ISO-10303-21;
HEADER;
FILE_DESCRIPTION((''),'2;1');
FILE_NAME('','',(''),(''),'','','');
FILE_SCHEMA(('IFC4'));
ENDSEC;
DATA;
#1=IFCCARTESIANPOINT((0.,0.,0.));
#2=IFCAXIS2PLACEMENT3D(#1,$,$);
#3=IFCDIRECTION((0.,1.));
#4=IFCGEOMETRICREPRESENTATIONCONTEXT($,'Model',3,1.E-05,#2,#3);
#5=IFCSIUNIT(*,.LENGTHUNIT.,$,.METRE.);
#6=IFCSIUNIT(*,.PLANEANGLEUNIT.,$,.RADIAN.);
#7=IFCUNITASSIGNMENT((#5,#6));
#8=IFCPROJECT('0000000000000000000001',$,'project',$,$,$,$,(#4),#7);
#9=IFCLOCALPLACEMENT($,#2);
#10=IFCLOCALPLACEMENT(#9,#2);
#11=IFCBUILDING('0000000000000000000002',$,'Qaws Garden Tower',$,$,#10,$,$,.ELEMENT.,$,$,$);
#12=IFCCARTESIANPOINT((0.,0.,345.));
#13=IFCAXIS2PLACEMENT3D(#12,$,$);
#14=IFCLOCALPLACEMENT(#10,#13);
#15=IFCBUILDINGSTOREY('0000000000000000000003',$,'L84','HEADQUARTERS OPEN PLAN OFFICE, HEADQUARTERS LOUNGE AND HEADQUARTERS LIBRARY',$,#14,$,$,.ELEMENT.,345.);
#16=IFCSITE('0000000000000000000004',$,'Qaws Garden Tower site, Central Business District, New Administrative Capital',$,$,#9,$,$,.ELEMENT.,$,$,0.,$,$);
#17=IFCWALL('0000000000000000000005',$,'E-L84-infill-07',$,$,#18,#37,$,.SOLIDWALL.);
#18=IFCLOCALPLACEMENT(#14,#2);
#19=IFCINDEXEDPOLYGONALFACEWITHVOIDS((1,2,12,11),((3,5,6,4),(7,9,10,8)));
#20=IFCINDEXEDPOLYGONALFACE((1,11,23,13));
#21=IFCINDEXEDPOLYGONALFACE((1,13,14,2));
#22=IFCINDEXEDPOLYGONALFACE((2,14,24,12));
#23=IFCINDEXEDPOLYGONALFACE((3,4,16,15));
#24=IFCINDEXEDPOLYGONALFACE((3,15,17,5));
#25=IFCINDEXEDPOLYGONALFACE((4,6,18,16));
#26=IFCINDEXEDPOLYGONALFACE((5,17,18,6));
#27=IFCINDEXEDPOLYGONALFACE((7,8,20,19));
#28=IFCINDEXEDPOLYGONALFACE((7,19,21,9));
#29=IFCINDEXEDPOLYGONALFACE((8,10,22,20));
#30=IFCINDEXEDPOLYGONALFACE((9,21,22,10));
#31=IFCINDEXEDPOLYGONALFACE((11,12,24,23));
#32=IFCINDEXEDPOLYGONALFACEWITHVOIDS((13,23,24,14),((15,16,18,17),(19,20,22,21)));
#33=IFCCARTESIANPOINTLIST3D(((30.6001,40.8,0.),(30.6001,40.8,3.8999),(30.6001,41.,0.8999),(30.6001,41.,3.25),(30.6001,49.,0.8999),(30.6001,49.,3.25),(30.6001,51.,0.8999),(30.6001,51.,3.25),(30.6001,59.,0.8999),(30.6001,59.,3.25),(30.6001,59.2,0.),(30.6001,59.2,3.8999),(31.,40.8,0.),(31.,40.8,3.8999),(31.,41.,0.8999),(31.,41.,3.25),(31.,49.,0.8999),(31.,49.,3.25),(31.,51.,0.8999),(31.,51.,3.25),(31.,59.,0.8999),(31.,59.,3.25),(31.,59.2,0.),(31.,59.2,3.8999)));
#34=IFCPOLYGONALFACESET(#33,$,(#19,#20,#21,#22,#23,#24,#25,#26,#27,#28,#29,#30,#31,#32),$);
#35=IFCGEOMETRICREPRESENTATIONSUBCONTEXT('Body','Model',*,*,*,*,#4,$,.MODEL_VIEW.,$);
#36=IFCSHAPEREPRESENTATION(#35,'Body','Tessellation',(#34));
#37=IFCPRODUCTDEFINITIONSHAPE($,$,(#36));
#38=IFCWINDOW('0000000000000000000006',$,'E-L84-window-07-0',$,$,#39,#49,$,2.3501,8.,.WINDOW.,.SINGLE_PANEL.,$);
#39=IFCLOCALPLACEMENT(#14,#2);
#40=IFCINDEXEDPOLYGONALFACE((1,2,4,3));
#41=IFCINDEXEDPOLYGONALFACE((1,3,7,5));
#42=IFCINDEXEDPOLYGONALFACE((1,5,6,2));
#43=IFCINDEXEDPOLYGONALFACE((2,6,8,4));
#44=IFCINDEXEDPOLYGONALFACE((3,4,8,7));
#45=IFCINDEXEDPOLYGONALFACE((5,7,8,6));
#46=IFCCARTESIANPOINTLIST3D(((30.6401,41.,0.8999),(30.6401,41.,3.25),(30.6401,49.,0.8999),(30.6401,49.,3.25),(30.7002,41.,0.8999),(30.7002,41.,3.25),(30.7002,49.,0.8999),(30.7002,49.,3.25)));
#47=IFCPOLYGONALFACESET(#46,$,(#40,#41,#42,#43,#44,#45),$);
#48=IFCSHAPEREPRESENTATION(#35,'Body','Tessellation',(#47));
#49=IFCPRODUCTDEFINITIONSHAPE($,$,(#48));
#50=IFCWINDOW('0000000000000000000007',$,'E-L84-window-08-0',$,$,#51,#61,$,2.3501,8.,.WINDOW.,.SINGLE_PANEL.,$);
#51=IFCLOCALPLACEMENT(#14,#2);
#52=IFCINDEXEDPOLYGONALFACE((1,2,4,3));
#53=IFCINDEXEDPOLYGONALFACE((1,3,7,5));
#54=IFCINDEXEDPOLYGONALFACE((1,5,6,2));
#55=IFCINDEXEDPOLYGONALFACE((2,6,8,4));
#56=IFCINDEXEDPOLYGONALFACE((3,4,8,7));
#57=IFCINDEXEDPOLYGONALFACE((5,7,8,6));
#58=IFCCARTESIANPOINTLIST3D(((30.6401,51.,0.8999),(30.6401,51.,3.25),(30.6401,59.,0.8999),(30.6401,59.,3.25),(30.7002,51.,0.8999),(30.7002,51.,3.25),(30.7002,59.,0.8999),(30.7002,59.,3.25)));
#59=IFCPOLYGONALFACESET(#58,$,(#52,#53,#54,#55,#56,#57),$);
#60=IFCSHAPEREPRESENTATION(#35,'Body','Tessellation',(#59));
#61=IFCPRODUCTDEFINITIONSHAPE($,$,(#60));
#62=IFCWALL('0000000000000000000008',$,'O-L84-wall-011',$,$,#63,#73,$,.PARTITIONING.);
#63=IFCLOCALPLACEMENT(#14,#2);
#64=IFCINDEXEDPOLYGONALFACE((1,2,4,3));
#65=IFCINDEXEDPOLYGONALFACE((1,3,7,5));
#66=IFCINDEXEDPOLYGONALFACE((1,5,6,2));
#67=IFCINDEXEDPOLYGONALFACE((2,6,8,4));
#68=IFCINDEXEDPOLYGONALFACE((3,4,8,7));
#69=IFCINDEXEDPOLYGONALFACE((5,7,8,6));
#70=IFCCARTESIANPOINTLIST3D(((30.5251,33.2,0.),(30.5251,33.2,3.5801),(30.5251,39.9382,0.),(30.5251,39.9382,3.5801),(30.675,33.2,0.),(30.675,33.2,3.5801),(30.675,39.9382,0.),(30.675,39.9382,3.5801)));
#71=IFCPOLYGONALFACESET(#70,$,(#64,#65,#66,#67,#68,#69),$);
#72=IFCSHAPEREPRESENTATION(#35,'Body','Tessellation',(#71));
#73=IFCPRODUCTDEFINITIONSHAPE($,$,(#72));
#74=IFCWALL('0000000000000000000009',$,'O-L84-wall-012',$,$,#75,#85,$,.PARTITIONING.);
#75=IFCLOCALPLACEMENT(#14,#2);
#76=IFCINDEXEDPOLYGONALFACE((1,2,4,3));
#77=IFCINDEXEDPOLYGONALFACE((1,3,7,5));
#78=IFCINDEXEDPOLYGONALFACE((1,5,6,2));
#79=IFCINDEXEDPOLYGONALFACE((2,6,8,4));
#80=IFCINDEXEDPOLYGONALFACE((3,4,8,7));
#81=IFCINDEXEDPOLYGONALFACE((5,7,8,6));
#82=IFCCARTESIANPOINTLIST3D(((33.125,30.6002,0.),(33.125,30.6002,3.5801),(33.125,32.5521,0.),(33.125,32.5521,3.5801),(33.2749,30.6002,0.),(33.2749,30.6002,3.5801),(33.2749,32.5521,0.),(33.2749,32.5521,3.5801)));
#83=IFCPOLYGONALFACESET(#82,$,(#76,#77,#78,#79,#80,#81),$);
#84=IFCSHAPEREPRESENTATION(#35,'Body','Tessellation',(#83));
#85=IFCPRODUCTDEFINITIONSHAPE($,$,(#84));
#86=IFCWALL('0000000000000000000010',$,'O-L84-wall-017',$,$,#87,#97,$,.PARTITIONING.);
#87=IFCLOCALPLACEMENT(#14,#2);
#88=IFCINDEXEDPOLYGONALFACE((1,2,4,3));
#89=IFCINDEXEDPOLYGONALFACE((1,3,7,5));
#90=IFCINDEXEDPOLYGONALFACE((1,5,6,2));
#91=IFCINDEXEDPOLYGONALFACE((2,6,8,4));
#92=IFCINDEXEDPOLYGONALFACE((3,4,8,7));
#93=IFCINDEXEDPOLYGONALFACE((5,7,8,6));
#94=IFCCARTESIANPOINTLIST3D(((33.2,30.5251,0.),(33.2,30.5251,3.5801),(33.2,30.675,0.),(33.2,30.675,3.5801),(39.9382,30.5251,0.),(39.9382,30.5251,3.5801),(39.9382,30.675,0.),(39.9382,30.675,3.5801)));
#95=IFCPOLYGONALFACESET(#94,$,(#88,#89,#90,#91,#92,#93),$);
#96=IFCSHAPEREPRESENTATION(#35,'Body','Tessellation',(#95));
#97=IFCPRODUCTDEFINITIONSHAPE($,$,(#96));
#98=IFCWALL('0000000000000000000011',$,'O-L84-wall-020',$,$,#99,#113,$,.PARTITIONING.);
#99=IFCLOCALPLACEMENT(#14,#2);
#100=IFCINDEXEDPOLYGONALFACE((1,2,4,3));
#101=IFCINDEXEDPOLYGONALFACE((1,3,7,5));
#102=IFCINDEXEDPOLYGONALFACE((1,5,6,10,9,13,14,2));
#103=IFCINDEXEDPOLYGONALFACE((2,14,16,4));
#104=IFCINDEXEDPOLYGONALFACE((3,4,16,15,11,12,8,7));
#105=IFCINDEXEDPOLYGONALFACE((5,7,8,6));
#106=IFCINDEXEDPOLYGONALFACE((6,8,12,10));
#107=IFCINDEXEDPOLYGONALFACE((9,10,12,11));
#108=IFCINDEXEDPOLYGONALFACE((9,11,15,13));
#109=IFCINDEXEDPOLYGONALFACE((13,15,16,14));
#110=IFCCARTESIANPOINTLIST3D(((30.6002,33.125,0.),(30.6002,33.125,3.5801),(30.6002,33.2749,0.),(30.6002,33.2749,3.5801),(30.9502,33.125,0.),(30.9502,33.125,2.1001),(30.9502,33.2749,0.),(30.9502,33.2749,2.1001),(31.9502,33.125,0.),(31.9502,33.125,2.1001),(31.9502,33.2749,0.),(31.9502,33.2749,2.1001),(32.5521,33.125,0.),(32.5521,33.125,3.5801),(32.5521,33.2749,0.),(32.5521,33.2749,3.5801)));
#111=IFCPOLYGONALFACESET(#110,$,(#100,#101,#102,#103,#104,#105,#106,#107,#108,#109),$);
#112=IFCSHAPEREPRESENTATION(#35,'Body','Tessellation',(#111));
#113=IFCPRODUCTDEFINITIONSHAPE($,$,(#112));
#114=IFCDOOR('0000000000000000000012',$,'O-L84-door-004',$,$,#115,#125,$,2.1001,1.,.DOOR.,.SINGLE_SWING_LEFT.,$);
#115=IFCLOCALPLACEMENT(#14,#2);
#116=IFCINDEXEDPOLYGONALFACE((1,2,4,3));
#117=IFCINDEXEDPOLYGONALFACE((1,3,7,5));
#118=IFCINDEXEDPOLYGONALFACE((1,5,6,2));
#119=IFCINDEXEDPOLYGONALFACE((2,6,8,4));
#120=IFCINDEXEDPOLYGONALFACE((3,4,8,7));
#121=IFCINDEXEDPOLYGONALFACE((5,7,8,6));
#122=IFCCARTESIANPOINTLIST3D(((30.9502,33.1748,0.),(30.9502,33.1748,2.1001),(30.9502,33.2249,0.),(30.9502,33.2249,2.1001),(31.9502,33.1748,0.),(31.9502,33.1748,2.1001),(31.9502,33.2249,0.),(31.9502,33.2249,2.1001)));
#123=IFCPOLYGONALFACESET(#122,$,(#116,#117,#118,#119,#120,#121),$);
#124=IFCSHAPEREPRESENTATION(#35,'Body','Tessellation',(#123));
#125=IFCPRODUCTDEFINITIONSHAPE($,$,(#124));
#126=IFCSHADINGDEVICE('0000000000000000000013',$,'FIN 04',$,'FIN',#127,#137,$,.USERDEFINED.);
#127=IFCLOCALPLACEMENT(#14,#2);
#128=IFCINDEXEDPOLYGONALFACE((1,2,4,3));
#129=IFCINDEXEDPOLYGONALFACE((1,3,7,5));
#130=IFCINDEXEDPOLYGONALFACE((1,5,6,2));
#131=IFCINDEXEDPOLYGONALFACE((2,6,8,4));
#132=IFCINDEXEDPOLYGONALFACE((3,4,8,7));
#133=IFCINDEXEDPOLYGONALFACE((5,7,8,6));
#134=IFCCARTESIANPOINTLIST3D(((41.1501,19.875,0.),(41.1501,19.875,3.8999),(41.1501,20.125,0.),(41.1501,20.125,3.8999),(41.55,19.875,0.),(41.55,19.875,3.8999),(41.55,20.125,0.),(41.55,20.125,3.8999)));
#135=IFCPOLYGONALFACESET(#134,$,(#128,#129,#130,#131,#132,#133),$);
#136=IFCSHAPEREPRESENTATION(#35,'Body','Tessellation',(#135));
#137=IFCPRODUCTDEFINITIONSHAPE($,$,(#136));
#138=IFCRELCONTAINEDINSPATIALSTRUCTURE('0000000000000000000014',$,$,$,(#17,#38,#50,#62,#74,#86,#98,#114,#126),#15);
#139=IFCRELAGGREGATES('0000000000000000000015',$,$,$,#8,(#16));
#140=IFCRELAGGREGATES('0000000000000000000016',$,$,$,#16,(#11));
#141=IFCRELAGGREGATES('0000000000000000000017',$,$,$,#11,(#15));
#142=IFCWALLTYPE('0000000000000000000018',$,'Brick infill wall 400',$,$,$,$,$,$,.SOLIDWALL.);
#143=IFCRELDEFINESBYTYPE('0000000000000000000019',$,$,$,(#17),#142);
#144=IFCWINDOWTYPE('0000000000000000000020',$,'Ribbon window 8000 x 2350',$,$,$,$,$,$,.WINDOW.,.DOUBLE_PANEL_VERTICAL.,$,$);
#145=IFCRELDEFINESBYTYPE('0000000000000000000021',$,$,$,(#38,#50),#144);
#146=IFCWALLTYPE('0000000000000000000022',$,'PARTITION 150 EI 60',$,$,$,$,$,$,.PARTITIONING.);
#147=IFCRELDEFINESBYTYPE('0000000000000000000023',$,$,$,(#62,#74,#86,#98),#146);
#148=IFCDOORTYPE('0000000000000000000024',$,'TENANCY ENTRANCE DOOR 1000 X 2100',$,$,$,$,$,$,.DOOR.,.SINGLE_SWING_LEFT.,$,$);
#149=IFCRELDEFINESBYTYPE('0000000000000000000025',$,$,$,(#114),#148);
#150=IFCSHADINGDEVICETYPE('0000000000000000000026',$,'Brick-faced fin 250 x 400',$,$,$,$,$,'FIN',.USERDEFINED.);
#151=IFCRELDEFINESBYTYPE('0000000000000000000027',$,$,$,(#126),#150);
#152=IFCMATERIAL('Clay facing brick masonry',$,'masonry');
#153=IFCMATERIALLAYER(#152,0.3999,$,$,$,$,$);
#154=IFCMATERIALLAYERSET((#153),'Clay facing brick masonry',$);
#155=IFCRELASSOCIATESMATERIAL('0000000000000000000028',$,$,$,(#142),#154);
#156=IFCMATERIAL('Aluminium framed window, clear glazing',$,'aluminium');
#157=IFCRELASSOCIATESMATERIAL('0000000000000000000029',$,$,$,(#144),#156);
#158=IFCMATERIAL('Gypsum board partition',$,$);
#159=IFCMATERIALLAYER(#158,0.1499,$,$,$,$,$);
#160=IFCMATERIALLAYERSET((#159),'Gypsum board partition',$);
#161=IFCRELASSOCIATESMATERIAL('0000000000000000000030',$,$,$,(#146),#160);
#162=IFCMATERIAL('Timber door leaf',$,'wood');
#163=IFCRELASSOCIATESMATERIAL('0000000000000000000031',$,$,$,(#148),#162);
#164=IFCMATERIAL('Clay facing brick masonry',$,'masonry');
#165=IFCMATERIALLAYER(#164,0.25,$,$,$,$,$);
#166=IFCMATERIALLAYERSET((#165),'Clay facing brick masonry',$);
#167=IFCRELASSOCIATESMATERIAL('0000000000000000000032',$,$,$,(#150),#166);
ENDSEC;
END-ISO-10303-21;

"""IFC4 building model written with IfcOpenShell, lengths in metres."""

from ifc_helpers import new_model, si_unit, direction, frame, frame_2d, origin, origin_2d, place, context, subcontext, project, spatial, rectangle, extrude, material, layer, layer_set, type_object, element, fill, save


model = new_model("IFC4")

# Units and contexts
model_context = context("Model", 3, precision=1e-05, world=origin(), true_north=direction((0.0, 1.0)))
body_context = subcontext(model_context, "Body", "Model", "MODEL_VIEW")
ifc_project = project(units=[si_unit("LENGTHUNIT", "METRE"), si_unit("PLANEANGLEUNIT", "RADIAN")], contexts=[model_context])

# Site, building, storey
site_placement = place(None, origin())
site = spatial("IfcSite", under=ifc_project, at=site_placement, Name="Qaws Garden Tower site, Central Business District, New Administrative Capital", CompositionType="ELEMENT", RefElevation=0.0)
building_placement = place(site_placement, origin())
building = spatial("IfcBuilding", under=site, at=building_placement, Name="Qaws Garden Tower", CompositionType="ELEMENT")
storey_placement = place(building_placement, frame((0.0, 0.0, 345.0)))
storey = spatial("IfcBuildingStorey", under=building, at=storey_placement, Name="L84", Description="HEADQUARTERS OPEN PLAN OFFICE, HEADQUARTERS LOUNGE AND HEADQUARTERS LIBRARY", CompositionType="ELEMENT", Elevation=345.0)

# Shared definitions
ifc_material_1 = material(Name="Clay facing brick masonry", Category="masonry")
ifc_layer_1 = layer(ifc_material_1, 0.3999)
ifc_layer_set_1 = layer_set([ifc_layer_1], Name="Clay facing brick masonry")
wall_type_1 = type_object("IfcWallType", Name="Brick infill wall 400", PredefinedType="SOLIDWALL", material=ifc_layer_set_1)

# Wall, openings, windows
wall_1_placement = place(storey_placement, frame((30.8, 40.8, 0.0), z_axis=(0.0, 0.0, 1.0), x_axis=(0.0, 1.0, 0.0)))
wall_1 = element("IfcWall", 1, at=wall_1_placement, inside=storey, type_object=wall_type_1, Name="E-L84-infill-07", PredefinedType="SOLIDWALL", context=body_context, shape_type="SweptSolid", body=[
    extrude(rectangle(XDim=18.3999, YDim=0.3999, at=frame_2d((9.2, 0.0))), origin(), (0.0, 0.0, 1.0), 3.8999),
])
opening_1_placement = place(wall_1_placement, frame((0.2, 0.0, 0.8999)))
opening_1 = element("IfcOpeningElement", 2, at=opening_1_placement, cuts=wall_1, PredefinedType="OPENING", context=body_context, shape_type="SweptSolid", body=[
    extrude(rectangle(XDim=8.0, YDim=2.3501, at=frame_2d((4.0, 1.175))), frame((0.0, 0.21, 0.0), z_axis=(0.0, -1.0, 0.0), x_axis=(1.0, 0.0, 0.0)), (0.0, 0.0, 1.0), 0.4199),
])
opening_2_placement = place(wall_1_placement, frame((10.2, 0.0, 0.8999)))
opening_2 = element("IfcOpeningElement", 3, at=opening_2_placement, cuts=wall_1, PredefinedType="OPENING", context=body_context, shape_type="SweptSolid", body=[
    extrude(rectangle(XDim=8.0, YDim=2.3501, at=frame_2d((4.0, 1.175))), frame((0.0, 0.21, 0.0), z_axis=(0.0, -1.0, 0.0), x_axis=(1.0, 0.0, 0.0)), (0.0, 0.0, 1.0), 0.4199),
])
ifc_material_2 = material(Name="Aluminium framed window, clear glazing", Category="aluminium")
window_type_1 = type_object("IfcWindowType", Name="Ribbon window 8000 x 2350", PartitioningType="DOUBLE_PANEL_VERTICAL", PredefinedType="WINDOW", material=ifc_material_2)
window_1_placement = place(opening_1_placement, origin())
window_1 = element("IfcWindow", 4, at=window_1_placement, inside=storey, type_object=window_type_1, Name="E-L84-window-07-0", OverallHeight=2.3501, OverallWidth=8.0, PartitioningType="SINGLE_PANEL", PredefinedType="WINDOW", context=body_context, shape_type="SweptSolid", body=[
    extrude(rectangle(XDim=8.0, YDim=2.3501, at=frame_2d((4.0, 1.175))), frame((0.0, 0.1599, 0.0), z_axis=(0.0, -1.0, 0.0), x_axis=(1.0, 0.0, 0.0)), (0.0, 0.0, 1.0), 0.0601),
])
fill(opening_1, window_1)
window_2_placement = place(opening_2_placement, origin())
window_2 = element("IfcWindow", 5, at=window_2_placement, inside=storey, type_object=window_type_1, Name="E-L84-window-08-0", OverallHeight=2.3501, OverallWidth=8.0, PartitioningType="SINGLE_PANEL", PredefinedType="WINDOW", context=body_context, shape_type="SweptSolid", body=[
    extrude(rectangle(XDim=8.0, YDim=2.3501, at=frame_2d((4.0, 1.175))), frame((0.0, 0.1599, 0.0), z_axis=(0.0, -1.0, 0.0), x_axis=(1.0, 0.0, 0.0)), (0.0, 0.0, 1.0), 0.0601),
])
fill(opening_2, window_2)

# Walls
ifc_material_3 = material(Name="Gypsum board partition")
ifc_layer_2 = layer(ifc_material_3, 0.1499)
ifc_layer_set_2 = layer_set([ifc_layer_2], Name="Gypsum board partition")
wall_type_2 = type_object("IfcWallType", Name="PARTITION 150 EI 60", PredefinedType="PARTITIONING", material=ifc_layer_set_2)
wall_2_placement = place(storey_placement, frame((30.6001, 33.2, 0.0), z_axis=(0.0, 0.0, 1.0), x_axis=(0.0, 1.0, 0.0)))
element("IfcWall", 6, at=wall_2_placement, inside=storey, type_object=wall_type_2, Name="O-L84-wall-011", PredefinedType="PARTITIONING", context=body_context, shape_type="SweptSolid", body=[
    extrude(rectangle(XDim=6.7383, YDim=0.1499, at=frame_2d((3.3691, 0.0))), origin(), (0.0, 0.0, 1.0), 3.5801),
])
wall_3_placement = place(storey_placement, frame((33.2, 30.6001, 0.0), z_axis=(0.0, 0.0, 1.0), x_axis=(0.0, 1.0, 0.0)))
element("IfcWall", 7, at=wall_3_placement, inside=storey, type_object=wall_type_2, Name="O-L84-wall-012", PredefinedType="PARTITIONING", context=body_context, shape_type="SweptSolid", body=[
    extrude(rectangle(XDim=1.9519, YDim=0.1499, at=frame_2d((0.9761, 0.0))), origin(), (0.0, 0.0, 1.0), 3.5801),
])
wall_4_placement = place(storey_placement, frame((33.2, 30.6001, 0.0), z_axis=(0.0, 0.0, 1.0), x_axis=(1.0, 0.0, 0.0)))
element("IfcWall", 8, at=wall_4_placement, inside=storey, type_object=wall_type_2, Name="O-L84-wall-017", PredefinedType="PARTITIONING", context=body_context, shape_type="SweptSolid", body=[
    extrude(rectangle(XDim=6.7383, YDim=0.1499, at=frame_2d((3.3691, 0.0))), origin(), (0.0, 0.0, 1.0), 3.5801),
])

# Wall, opening, door
wall_5_placement = place(storey_placement, frame((30.6001, 33.2, 0.0), z_axis=(0.0, 0.0, 1.0), x_axis=(1.0, 0.0, 0.0)))
wall_5 = element("IfcWall", 9, at=wall_5_placement, inside=storey, type_object=wall_type_2, Name="O-L84-wall-020", PredefinedType="PARTITIONING", context=body_context, shape_type="SweptSolid", body=[
    extrude(rectangle(XDim=1.9519, YDim=0.1499, at=frame_2d((0.9761, 0.0))), origin(), (0.0, 0.0, 1.0), 3.5801),
])
opening_3_placement = place(wall_5_placement, frame((0.3501, 0.0, 0.0)))
opening_3 = element("IfcOpeningElement", 10, at=opening_3_placement, cuts=wall_5, PredefinedType="OPENING", context=body_context, shape_type="SweptSolid", body=[
    extrude(rectangle(XDim=1.0, YDim=2.1001, at=frame_2d((0.5, 1.05))), frame((0.0, 0.085, 0.0), z_axis=(0.0, -1.0, 0.0), x_axis=(1.0, 0.0, 0.0)), (0.0, 0.0, 1.0), 0.1699),
])
ifc_material_4 = material(Name="Timber door leaf", Category="wood")
door_type = type_object("IfcDoorType", Name="TENANCY ENTRANCE DOOR 1000 X 2100", OperationType="SINGLE_SWING_LEFT", PredefinedType="DOOR", material=ifc_material_4)
door_placement = place(opening_3_placement, origin())
door = element("IfcDoor", 11, at=door_placement, inside=storey, type_object=door_type, Name="O-L84-door-004", OperationType="SINGLE_SWING_LEFT", OverallHeight=2.1001, OverallWidth=1.0, PredefinedType="DOOR", context=body_context, shape_type="SweptSolid", body=[
    extrude(rectangle(XDim=1.0, YDim=2.1001, at=frame_2d((0.5, 1.05))), frame((0.0, 0.0249, 0.0), z_axis=(0.0, -1.0, 0.0), x_axis=(1.0, 0.0, 0.0)), (0.0, 0.0, 1.0), 0.05),
])
fill(opening_3, door)

# Shading device
ifc_material_5 = material(Name="Clay facing brick masonry", Category="masonry")
ifc_layer_3 = layer(ifc_material_5, 0.25)
ifc_layer_set_3 = layer_set([ifc_layer_3], Name="Clay facing brick masonry")
shading_device_type = type_object("IfcShadingDeviceType", Name="Brick-faced fin 250 x 400", ElementType="FIN", PredefinedType="USERDEFINED", material=ifc_layer_set_3)
shading_device_placement = place(storey_placement, frame((41.3501, 20.0, 0.0), z_axis=(0.0, 0.0, 1.0), x_axis=(0.0, 1.0, 0.0)))
element("IfcShadingDevice", 12, at=shading_device_placement, inside=storey, type_object=shading_device_type, Name="FIN 04", ObjectType="FIN", PredefinedType="USERDEFINED", context=body_context, shape_type="SweptSolid", body=[
    extrude(rectangle(XDim=0.25, YDim=0.3999, at=origin_2d()), origin(), (0.0, 0.0, 1.0), 3.8999),
])

save(model, "model.ifc")
